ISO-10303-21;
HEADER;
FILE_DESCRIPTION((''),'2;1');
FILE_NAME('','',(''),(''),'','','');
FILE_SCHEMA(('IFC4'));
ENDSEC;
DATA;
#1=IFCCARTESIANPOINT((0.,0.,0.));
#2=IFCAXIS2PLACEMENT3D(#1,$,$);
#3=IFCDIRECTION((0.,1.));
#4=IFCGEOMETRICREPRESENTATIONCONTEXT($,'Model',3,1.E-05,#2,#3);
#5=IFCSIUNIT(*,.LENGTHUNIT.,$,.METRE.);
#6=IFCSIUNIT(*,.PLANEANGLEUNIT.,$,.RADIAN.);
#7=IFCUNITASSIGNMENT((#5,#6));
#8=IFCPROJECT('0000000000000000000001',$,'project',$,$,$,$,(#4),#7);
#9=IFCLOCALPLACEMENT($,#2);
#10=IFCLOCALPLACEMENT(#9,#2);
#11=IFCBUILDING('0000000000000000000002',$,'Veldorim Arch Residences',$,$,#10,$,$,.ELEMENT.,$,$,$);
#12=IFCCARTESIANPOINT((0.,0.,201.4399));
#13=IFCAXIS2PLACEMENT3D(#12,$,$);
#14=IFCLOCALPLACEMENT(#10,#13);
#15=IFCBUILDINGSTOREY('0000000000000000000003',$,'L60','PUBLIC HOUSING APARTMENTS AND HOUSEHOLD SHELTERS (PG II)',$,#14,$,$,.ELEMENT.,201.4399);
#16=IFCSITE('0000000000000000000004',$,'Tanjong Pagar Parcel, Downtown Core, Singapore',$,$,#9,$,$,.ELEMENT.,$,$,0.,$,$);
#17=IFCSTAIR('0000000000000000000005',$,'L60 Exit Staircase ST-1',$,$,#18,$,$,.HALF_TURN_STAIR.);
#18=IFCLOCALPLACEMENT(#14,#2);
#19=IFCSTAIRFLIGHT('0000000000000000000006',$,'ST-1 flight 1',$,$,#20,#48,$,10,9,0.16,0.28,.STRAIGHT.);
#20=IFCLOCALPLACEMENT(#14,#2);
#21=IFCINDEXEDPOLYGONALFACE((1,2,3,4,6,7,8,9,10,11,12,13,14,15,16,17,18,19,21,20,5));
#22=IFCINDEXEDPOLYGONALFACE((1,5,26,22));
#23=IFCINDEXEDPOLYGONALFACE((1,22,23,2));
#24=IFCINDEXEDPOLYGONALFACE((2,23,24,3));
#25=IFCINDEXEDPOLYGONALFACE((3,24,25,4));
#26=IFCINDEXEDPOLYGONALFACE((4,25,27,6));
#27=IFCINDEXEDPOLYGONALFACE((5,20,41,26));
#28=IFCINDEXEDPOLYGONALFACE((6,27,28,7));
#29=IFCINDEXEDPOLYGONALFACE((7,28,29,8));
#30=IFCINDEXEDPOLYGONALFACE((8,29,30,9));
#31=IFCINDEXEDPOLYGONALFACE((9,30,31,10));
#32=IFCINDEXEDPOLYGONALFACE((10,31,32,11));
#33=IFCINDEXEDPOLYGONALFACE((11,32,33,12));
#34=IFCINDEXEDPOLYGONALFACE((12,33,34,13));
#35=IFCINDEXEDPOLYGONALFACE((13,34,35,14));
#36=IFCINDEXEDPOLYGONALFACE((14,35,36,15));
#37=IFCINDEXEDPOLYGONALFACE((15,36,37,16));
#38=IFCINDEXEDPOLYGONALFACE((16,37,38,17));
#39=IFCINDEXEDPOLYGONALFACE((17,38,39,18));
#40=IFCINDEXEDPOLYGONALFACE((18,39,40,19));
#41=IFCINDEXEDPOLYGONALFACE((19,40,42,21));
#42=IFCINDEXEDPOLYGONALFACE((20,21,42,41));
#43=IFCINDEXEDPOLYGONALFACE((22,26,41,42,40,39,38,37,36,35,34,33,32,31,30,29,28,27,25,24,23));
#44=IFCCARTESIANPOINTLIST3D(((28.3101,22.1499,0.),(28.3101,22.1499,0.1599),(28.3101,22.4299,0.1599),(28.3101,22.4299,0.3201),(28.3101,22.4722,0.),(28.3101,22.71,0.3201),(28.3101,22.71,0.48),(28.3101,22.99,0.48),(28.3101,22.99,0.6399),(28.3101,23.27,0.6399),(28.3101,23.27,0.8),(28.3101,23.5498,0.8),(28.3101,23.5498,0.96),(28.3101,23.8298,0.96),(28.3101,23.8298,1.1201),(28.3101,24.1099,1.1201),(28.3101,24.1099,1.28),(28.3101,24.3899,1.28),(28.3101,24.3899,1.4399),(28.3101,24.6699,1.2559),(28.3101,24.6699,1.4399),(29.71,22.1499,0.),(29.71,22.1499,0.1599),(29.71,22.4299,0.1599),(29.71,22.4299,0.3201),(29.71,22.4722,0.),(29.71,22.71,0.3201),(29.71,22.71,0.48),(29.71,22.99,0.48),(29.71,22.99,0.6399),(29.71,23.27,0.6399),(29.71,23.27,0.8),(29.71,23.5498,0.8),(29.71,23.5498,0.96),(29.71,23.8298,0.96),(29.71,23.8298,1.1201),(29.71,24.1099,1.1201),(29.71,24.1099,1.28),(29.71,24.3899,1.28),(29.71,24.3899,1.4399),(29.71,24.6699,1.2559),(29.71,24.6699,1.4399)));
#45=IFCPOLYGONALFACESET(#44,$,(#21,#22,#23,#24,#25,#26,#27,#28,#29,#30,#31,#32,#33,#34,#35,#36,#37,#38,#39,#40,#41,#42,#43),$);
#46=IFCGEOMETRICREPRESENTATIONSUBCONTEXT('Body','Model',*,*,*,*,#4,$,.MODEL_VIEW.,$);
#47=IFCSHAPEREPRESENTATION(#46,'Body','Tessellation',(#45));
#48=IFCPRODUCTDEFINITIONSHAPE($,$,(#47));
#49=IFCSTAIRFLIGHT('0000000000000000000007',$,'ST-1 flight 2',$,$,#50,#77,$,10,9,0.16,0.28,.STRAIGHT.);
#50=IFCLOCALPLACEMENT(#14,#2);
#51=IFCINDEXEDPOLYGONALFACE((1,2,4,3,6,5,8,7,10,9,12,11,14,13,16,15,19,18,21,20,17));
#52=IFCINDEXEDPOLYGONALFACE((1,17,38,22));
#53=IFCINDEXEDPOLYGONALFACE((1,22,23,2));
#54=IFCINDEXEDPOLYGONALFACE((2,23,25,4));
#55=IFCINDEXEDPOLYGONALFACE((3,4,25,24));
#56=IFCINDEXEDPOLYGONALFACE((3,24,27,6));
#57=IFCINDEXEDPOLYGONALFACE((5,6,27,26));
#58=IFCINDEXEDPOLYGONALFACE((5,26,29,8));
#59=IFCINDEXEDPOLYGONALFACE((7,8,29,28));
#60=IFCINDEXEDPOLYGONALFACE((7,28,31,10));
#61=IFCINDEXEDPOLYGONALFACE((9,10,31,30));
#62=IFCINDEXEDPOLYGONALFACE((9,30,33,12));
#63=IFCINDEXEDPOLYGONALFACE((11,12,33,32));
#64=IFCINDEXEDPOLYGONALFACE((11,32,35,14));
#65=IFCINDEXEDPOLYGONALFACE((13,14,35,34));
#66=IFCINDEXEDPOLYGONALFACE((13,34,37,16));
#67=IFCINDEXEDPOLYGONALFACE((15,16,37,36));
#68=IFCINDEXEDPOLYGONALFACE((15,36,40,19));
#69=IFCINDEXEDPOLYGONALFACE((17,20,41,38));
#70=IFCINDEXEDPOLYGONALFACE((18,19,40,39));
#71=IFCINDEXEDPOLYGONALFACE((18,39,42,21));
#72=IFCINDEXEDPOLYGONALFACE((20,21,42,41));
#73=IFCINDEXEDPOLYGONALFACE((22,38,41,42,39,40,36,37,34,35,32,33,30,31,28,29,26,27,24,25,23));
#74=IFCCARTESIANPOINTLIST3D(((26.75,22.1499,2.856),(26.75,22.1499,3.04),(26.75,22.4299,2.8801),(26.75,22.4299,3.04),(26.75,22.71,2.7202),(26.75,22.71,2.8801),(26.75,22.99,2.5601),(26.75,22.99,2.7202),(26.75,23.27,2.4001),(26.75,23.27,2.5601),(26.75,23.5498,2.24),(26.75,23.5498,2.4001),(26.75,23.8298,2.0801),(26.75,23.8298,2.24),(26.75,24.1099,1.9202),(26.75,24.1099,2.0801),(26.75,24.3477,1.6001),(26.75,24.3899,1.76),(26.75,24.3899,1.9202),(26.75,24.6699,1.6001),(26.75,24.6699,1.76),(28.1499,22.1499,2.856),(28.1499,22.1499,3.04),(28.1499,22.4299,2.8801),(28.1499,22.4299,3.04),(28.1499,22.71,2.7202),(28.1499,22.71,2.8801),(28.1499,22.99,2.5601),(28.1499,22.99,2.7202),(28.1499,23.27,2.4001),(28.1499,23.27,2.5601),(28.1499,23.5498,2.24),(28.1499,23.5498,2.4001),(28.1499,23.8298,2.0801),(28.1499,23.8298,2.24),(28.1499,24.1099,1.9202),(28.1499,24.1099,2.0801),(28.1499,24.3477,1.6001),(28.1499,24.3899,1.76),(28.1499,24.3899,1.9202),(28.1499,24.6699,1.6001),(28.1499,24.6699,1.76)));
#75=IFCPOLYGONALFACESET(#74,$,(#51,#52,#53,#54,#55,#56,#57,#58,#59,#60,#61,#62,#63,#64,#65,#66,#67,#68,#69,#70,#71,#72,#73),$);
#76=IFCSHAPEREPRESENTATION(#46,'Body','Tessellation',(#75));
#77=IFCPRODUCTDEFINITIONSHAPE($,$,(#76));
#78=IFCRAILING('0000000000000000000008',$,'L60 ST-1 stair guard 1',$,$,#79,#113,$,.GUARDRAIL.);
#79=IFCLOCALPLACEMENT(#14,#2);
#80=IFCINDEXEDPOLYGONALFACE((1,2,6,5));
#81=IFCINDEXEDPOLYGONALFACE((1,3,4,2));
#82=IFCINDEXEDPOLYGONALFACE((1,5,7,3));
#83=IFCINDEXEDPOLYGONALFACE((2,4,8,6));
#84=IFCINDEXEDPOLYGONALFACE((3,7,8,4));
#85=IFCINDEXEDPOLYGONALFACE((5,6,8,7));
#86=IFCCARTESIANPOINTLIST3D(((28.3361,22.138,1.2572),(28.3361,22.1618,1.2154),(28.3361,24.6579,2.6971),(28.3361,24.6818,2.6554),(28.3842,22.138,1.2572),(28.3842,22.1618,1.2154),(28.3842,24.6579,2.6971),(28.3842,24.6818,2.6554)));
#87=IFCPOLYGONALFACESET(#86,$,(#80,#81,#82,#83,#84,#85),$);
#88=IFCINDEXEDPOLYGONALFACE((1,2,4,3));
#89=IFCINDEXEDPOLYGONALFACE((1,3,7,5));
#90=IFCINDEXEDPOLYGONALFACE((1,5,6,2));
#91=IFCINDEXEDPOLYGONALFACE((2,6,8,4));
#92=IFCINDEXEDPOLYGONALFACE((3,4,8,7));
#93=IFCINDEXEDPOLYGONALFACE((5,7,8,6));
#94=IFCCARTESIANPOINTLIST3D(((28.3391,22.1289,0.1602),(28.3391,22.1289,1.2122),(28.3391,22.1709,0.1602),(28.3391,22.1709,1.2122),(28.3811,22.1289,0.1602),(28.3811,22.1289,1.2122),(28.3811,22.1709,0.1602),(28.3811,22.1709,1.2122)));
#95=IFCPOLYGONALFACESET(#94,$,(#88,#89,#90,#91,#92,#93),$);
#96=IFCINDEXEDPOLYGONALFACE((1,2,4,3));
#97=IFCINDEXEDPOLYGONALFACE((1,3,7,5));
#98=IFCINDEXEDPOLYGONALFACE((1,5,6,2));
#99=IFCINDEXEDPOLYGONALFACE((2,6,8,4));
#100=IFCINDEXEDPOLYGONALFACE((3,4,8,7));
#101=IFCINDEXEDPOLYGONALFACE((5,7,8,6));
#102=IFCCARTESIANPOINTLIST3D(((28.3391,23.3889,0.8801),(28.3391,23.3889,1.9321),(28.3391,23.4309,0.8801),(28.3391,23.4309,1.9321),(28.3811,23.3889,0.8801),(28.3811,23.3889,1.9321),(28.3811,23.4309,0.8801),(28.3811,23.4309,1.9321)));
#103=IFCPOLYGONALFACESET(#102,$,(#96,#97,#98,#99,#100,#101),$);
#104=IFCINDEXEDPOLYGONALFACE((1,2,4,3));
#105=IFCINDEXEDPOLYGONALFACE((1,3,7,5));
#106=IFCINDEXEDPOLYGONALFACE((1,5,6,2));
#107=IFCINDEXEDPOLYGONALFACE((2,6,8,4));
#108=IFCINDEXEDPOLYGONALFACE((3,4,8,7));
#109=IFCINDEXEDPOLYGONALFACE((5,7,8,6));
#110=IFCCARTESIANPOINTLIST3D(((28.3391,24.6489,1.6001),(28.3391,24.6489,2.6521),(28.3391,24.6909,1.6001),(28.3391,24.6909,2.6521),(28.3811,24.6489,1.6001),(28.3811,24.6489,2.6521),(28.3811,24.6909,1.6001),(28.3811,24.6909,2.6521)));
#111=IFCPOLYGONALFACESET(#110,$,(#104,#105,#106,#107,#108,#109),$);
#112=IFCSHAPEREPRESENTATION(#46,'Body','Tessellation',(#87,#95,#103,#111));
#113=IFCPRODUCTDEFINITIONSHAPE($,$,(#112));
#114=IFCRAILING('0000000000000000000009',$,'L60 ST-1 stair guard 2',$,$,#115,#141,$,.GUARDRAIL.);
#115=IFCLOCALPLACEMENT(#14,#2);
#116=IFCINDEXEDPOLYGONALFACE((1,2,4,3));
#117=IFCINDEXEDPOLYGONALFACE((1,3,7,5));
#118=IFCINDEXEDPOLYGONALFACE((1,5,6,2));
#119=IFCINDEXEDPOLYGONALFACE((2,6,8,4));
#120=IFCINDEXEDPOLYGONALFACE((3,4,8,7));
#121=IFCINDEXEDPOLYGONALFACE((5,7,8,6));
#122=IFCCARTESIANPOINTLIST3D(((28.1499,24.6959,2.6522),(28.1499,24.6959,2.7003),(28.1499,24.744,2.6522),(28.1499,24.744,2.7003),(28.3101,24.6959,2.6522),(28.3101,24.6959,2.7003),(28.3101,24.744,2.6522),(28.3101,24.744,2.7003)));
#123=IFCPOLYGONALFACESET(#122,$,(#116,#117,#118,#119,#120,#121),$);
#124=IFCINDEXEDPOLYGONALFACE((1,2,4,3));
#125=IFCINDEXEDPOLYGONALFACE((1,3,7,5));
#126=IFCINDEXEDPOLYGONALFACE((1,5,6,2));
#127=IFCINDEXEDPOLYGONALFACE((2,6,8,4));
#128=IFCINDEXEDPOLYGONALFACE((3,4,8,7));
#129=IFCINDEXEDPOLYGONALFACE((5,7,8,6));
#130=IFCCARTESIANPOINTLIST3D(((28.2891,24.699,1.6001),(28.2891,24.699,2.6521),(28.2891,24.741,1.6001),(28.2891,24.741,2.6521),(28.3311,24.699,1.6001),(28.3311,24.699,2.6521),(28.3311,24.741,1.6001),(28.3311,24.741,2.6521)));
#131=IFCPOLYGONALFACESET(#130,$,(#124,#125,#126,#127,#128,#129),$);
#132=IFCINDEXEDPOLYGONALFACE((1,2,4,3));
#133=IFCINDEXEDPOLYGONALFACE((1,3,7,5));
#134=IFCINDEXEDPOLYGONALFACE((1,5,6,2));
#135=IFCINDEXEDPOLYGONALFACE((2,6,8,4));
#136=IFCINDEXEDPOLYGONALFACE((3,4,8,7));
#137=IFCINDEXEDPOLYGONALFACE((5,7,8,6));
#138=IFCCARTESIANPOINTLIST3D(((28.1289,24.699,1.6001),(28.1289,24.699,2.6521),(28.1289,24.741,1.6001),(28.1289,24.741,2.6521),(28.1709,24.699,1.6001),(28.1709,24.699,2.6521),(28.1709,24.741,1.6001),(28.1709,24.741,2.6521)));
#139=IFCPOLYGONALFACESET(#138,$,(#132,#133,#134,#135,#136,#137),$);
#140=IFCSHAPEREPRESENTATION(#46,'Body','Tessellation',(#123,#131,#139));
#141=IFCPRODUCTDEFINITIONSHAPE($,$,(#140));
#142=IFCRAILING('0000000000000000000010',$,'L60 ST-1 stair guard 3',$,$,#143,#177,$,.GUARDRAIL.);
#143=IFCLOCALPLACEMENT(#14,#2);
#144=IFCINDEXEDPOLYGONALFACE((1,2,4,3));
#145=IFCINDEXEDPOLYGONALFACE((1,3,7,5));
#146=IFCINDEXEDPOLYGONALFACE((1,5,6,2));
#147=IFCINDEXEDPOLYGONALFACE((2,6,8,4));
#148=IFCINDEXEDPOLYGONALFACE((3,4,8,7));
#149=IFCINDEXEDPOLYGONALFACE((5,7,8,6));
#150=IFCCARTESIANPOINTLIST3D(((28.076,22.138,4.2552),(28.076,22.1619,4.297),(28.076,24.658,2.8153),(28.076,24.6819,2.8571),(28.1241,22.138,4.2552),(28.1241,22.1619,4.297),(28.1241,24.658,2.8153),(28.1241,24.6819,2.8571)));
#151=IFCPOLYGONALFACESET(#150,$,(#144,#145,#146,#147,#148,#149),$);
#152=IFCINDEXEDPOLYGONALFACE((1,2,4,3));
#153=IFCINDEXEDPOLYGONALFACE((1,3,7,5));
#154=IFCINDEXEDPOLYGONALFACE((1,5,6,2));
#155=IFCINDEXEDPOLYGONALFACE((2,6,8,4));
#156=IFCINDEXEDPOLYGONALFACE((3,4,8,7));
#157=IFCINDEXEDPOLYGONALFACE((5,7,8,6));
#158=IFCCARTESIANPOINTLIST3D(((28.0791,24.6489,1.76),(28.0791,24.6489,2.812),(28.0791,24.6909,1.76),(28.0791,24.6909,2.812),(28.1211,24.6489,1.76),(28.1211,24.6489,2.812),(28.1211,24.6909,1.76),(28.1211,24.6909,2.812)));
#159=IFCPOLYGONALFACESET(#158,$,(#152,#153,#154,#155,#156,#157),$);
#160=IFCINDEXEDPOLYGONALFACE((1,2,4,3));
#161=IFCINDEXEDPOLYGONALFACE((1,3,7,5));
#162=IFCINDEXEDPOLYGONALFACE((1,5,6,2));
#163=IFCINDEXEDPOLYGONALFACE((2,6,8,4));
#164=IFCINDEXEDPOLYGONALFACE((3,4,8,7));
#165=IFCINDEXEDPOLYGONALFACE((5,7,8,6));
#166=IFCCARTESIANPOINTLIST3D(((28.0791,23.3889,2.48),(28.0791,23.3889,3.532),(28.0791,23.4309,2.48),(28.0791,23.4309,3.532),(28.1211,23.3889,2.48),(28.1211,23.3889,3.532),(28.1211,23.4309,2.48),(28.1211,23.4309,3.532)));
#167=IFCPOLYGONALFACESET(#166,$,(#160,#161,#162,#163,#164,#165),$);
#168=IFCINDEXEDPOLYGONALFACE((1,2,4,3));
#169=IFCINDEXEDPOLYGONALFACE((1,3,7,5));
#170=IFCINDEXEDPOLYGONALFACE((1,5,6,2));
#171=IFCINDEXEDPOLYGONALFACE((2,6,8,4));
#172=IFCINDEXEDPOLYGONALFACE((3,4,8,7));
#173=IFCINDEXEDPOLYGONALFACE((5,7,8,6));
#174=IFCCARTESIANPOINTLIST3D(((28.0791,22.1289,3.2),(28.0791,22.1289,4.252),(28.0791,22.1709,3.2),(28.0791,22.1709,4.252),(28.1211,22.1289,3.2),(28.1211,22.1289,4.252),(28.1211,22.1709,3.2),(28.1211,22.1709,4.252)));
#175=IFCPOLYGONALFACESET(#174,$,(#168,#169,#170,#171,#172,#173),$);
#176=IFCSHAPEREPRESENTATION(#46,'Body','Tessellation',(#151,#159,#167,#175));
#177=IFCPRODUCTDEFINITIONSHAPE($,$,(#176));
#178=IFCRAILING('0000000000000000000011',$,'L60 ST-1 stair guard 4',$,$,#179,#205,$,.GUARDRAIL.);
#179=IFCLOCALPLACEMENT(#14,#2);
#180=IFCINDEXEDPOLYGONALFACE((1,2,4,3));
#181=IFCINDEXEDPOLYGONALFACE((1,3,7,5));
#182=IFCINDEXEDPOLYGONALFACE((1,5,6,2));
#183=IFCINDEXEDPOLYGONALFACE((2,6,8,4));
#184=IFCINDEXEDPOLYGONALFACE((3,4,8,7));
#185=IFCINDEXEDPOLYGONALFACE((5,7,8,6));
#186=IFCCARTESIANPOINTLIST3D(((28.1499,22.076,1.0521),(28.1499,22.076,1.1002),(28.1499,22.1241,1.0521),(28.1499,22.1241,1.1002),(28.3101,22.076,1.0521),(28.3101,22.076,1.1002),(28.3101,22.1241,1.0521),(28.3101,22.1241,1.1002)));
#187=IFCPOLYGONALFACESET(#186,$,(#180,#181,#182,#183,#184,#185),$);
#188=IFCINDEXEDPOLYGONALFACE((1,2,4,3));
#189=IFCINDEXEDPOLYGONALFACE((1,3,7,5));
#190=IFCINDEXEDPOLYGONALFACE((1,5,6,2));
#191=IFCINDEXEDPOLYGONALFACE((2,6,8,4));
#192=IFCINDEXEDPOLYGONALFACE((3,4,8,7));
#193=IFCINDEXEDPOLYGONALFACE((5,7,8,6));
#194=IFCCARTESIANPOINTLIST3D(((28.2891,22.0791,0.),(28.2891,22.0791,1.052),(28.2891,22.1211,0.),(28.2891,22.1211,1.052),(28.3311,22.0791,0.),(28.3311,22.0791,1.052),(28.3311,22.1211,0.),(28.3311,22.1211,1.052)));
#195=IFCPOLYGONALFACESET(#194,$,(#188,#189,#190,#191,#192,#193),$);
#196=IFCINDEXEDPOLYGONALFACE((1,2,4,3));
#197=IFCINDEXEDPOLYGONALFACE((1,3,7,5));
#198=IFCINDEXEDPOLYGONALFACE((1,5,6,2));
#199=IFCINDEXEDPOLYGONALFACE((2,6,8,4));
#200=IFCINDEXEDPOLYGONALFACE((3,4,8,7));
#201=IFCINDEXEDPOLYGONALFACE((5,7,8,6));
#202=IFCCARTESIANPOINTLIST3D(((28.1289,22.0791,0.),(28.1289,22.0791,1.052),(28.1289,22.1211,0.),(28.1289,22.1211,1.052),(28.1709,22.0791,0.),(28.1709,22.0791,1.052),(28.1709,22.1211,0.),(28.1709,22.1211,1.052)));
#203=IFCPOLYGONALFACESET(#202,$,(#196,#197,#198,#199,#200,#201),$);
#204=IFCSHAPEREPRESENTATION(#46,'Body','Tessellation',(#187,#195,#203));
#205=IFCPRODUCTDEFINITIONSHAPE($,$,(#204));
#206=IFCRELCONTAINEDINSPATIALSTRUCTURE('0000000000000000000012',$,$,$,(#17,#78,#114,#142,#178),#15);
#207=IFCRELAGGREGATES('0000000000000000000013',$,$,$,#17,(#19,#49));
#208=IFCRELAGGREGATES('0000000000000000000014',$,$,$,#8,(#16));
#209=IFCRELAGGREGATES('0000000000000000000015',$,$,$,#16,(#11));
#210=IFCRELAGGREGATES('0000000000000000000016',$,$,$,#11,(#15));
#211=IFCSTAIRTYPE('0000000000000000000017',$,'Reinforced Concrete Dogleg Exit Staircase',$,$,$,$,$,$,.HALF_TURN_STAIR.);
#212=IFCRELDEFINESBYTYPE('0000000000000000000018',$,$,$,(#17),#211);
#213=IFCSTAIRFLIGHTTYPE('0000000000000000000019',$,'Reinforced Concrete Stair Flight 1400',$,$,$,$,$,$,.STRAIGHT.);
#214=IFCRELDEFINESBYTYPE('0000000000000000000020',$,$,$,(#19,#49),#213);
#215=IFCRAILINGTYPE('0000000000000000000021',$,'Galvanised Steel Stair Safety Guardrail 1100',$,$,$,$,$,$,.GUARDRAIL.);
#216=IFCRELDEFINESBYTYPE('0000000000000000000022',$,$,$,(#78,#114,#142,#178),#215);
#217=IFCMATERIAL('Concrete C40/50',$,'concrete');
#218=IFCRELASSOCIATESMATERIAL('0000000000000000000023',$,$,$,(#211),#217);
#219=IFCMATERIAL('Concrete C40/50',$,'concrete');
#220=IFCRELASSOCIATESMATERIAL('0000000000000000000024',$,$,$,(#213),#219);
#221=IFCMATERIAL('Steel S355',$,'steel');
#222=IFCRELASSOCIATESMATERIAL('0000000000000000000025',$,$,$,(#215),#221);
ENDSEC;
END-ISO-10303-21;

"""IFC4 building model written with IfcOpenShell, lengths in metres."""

from ifc_helpers import new_model, si_unit, direction, frame, origin, origin_2d, place, context, subcontext, project, spatial, polyline, rectangle, outline, extrude, material, type_object, element, aggregate, save


model = new_model("IFC4")

# Units and contexts
model_context = context("Model", 3, precision=1e-05, world=origin(), true_north=direction((0.0, 1.0)))
body_context = subcontext(model_context, "Body", "Model", "MODEL_VIEW")
ifc_project = project(units=[si_unit("LENGTHUNIT", "METRE"), si_unit("PLANEANGLEUNIT", "RADIAN")], contexts=[model_context])

# Site, building, storey
site_placement = place(None, origin())
site = spatial("IfcSite", under=ifc_project, at=site_placement, Name="Tanjong Pagar Parcel, Downtown Core, Singapore", CompositionType="ELEMENT", RefElevation=0.0)
building_placement = place(site_placement, origin())
building = spatial("IfcBuilding", under=site, at=building_placement, Name="Veldorim Arch Residences", CompositionType="ELEMENT")
storey_placement = place(building_placement, frame((0.0, 0.0, 201.4399)))
storey = spatial("IfcBuildingStorey", under=building, at=storey_placement, Name="L60", Description="PUBLIC HOUSING APARTMENTS AND HOUSEHOLD SHELTERS (PG II)", CompositionType="ELEMENT", Elevation=201.4399)

# Stair, stair flights
ifc_material_1 = material(Name="Concrete C40/50", Category="concrete")
stair_type = type_object("IfcStairType", Name="Reinforced Concrete Dogleg Exit Staircase", PredefinedType="HALF_TURN_STAIR", material=ifc_material_1)
stair_placement = place(storey_placement, origin())
stair = element("IfcStair", 1, at=stair_placement, inside=storey, type_object=stair_type, Name="L60 Exit Staircase ST-1", PredefinedType="HALF_TURN_STAIR")
ifc_material_2 = material(Name="Concrete C40/50", Category="concrete")
stair_flight_type = type_object("IfcStairFlightType", Name="Reinforced Concrete Stair Flight 1400", PredefinedType="STRAIGHT", material=ifc_material_2)
stair_flight_1_placement = place(storey_placement, frame((29.01, 22.1499, 0.0), z_axis=(0.0, 0.0, 1.0), x_axis=(0.0, 1.0, 0.0)))
stair_flight_1 = element("IfcStairFlight", 2, at=stair_flight_1_placement, type_object=stair_flight_type, Name="ST-1 flight 1", NumberOfRisers=10, NumberOfTreads=9, PredefinedType="STRAIGHT", RiserHeight=0.16, TreadLength=0.28, context=body_context, shape_type="SweptSolid", body=[
    extrude(outline(polyline([(0.0, 0.0), (0.0, 0.1599), (0.28, 0.1599), (0.28, 0.3201), (0.5601, 0.3201), (0.5601, 0.48), (0.8401, 0.48), (0.8401, 0.6399), (1.1201, 0.6399), (1.1201, 0.8), (1.3999, 0.8), (1.3999, 0.96), (1.6799, 0.96), (1.6799, 1.1201), (1.96, 1.1201), (1.96, 1.28), (2.24, 1.28), (2.24, 1.4399), (2.52, 1.4399), (2.52, 1.6001), (2.52, 1.2559), (0.3223, 0.0), (0.0, 0.0)])), frame((0.0, 0.7, 0.0), z_axis=(0.0, -1.0, 0.0), x_axis=(1.0, 0.0, 0.0)), (0.0, 0.0, 1.0), 1.3999),
])
stair_flight_2_placement = place(storey_placement, frame((27.45, 24.6699, 1.6001), z_axis=(0.0, 0.0, 1.0), x_axis=(0.0, -1.0, 0.0)))
stair_flight_2 = element("IfcStairFlight", 3, at=stair_flight_2_placement, type_object=stair_flight_type, Name="ST-1 flight 2", NumberOfRisers=10, NumberOfTreads=9, PredefinedType="STRAIGHT", RiserHeight=0.16, TreadLength=0.28, context=body_context, shape_type="SweptSolid", body=[
    extrude(outline(polyline([(0.0, 0.0), (0.0, 0.1599), (0.28, 0.1599), (0.28, 0.3201), (0.5601, 0.3201), (0.5601, 0.48), (0.8401, 0.48), (0.8401, 0.6399), (1.1201, 0.6399), (1.1201, 0.8), (1.3999, 0.8), (1.3999, 0.96), (1.6799, 0.96), (1.6799, 1.1201), (1.96, 1.1201), (1.96, 1.28), (2.24, 1.28), (2.24, 1.4399), (2.52, 1.4399), (2.52, 1.6001), (2.52, 1.2559), (0.3223, 0.0), (0.0, 0.0)])), frame((0.0, 0.7, 0.0), z_axis=(0.0, -1.0, 0.0), x_axis=(1.0, 0.0, 0.0)), (0.0, 0.0, 1.0), 1.3999),
])
aggregate(stair, [stair_flight_1, stair_flight_2])

# Railings
ifc_material_3 = material(Name="Steel S355", Category="steel")
railing_type_1 = type_object("IfcRailingType", Name="Galvanised Steel Stair Safety Guardrail 1100", PredefinedType="GUARDRAIL", material=ifc_material_3)
railing_1_placement = place(storey_placement, frame((28.3601, 22.1499, 0.1602)))
element("IfcRailing", 4, at=railing_1_placement, inside=storey, type_object=railing_type_1, Name="L60 ST-1 stair guard 1", PredefinedType="GUARDRAIL", context=body_context, shape_type="SweptSolid", body=[
    extrude(rectangle(XDim=0.0481, YDim=0.0481, at=origin_2d()), frame((0.0, 0.0, 1.0762), z_axis=(0.0, 0.868253, 0.496121), x_axis=(-1.0, 0.0, 0.0)), (0.0, 0.0, 1.0), 2.9023),
    extrude(rectangle(XDim=0.042, YDim=0.042, at=origin_2d()), origin(), (0.0, 0.0, 1.0), 1.052),
    extrude(rectangle(XDim=0.042, YDim=0.042, at=origin_2d()), frame((0.0, 1.26, 0.72)), (0.0, 0.0, 1.0), 1.052),
    extrude(rectangle(XDim=0.042, YDim=0.042, at=origin_2d()), frame((0.0, 2.52, 1.4399)), (0.0, 0.0, 1.0), 1.052),
])
railing_2_placement = place(storey_placement, frame((28.3101, 24.72, 1.6001)))
element("IfcRailing", 5, at=railing_2_placement, inside=storey, type_object=railing_type_1, Name="L60 ST-1 stair guard 2", PredefinedType="GUARDRAIL", context=body_context, shape_type="SweptSolid", body=[
    extrude(rectangle(XDim=0.0481, YDim=0.0481, at=origin_2d()), frame((0.0, 0.0, 1.0762), z_axis=(-1.0, 0.0, 0.0), x_axis=(0.0, -1.0, 0.0)), (0.0, 0.0, 1.0), 0.1602),
    extrude(rectangle(XDim=0.042, YDim=0.042, at=origin_2d()), origin(), (0.0, 0.0, 1.0), 1.052),
    extrude(rectangle(XDim=0.042, YDim=0.042, at=origin_2d()), frame((-0.1602, 0.0, 0.0)), (0.0, 0.0, 1.0), 1.052),
])
railing_3_placement = place(storey_placement, frame((28.1001, 24.6699, 1.76)))
element("IfcRailing", 6, at=railing_3_placement, inside=storey, type_object=railing_type_1, Name="L60 ST-1 stair guard 3", PredefinedType="GUARDRAIL", context=body_context, shape_type="SweptSolid", body=[
    extrude(rectangle(XDim=0.0481, YDim=0.0481, at=origin_2d()), frame((0.0, 0.0, 1.0762), z_axis=(0.0, -0.868253, 0.496121), x_axis=(1.0, 0.0, 0.0)), (0.0, 0.0, 1.0), 2.9023),
    extrude(rectangle(XDim=0.042, YDim=0.042, at=origin_2d()), origin(), (0.0, 0.0, 1.0), 1.052),
    extrude(rectangle(XDim=0.042, YDim=0.042, at=origin_2d()), frame((0.0, -1.26, 0.72)), (0.0, 0.0, 1.0), 1.052),
    extrude(rectangle(XDim=0.042, YDim=0.042, at=origin_2d()), frame((0.0, -2.52, 1.4399)), (0.0, 0.0, 1.0), 1.052),
])
railing_4_placement = place(storey_placement, frame((28.3101, 22.1001, 0.0)))
element("IfcRailing", 7, at=railing_4_placement, inside=storey, type_object=railing_type_1, Name="L60 ST-1 stair guard 4", PredefinedType="GUARDRAIL", context=body_context, shape_type="SweptSolid", body=[
    extrude(rectangle(XDim=0.0481, YDim=0.0481, at=origin_2d()), frame((0.0, 0.0, 1.0762), z_axis=(-1.0, 0.0, 0.0), x_axis=(0.0, -1.0, 0.0)), (0.0, 0.0, 1.0), 0.1602),
    extrude(rectangle(XDim=0.042, YDim=0.042, at=origin_2d()), origin(), (0.0, 0.0, 1.0), 1.052),
    extrude(rectangle(XDim=0.042, YDim=0.042, at=origin_2d()), frame((-0.1602, 0.0, 0.0)), (0.0, 0.0, 1.0), 1.052),
])

save(model, "model.ifc")
